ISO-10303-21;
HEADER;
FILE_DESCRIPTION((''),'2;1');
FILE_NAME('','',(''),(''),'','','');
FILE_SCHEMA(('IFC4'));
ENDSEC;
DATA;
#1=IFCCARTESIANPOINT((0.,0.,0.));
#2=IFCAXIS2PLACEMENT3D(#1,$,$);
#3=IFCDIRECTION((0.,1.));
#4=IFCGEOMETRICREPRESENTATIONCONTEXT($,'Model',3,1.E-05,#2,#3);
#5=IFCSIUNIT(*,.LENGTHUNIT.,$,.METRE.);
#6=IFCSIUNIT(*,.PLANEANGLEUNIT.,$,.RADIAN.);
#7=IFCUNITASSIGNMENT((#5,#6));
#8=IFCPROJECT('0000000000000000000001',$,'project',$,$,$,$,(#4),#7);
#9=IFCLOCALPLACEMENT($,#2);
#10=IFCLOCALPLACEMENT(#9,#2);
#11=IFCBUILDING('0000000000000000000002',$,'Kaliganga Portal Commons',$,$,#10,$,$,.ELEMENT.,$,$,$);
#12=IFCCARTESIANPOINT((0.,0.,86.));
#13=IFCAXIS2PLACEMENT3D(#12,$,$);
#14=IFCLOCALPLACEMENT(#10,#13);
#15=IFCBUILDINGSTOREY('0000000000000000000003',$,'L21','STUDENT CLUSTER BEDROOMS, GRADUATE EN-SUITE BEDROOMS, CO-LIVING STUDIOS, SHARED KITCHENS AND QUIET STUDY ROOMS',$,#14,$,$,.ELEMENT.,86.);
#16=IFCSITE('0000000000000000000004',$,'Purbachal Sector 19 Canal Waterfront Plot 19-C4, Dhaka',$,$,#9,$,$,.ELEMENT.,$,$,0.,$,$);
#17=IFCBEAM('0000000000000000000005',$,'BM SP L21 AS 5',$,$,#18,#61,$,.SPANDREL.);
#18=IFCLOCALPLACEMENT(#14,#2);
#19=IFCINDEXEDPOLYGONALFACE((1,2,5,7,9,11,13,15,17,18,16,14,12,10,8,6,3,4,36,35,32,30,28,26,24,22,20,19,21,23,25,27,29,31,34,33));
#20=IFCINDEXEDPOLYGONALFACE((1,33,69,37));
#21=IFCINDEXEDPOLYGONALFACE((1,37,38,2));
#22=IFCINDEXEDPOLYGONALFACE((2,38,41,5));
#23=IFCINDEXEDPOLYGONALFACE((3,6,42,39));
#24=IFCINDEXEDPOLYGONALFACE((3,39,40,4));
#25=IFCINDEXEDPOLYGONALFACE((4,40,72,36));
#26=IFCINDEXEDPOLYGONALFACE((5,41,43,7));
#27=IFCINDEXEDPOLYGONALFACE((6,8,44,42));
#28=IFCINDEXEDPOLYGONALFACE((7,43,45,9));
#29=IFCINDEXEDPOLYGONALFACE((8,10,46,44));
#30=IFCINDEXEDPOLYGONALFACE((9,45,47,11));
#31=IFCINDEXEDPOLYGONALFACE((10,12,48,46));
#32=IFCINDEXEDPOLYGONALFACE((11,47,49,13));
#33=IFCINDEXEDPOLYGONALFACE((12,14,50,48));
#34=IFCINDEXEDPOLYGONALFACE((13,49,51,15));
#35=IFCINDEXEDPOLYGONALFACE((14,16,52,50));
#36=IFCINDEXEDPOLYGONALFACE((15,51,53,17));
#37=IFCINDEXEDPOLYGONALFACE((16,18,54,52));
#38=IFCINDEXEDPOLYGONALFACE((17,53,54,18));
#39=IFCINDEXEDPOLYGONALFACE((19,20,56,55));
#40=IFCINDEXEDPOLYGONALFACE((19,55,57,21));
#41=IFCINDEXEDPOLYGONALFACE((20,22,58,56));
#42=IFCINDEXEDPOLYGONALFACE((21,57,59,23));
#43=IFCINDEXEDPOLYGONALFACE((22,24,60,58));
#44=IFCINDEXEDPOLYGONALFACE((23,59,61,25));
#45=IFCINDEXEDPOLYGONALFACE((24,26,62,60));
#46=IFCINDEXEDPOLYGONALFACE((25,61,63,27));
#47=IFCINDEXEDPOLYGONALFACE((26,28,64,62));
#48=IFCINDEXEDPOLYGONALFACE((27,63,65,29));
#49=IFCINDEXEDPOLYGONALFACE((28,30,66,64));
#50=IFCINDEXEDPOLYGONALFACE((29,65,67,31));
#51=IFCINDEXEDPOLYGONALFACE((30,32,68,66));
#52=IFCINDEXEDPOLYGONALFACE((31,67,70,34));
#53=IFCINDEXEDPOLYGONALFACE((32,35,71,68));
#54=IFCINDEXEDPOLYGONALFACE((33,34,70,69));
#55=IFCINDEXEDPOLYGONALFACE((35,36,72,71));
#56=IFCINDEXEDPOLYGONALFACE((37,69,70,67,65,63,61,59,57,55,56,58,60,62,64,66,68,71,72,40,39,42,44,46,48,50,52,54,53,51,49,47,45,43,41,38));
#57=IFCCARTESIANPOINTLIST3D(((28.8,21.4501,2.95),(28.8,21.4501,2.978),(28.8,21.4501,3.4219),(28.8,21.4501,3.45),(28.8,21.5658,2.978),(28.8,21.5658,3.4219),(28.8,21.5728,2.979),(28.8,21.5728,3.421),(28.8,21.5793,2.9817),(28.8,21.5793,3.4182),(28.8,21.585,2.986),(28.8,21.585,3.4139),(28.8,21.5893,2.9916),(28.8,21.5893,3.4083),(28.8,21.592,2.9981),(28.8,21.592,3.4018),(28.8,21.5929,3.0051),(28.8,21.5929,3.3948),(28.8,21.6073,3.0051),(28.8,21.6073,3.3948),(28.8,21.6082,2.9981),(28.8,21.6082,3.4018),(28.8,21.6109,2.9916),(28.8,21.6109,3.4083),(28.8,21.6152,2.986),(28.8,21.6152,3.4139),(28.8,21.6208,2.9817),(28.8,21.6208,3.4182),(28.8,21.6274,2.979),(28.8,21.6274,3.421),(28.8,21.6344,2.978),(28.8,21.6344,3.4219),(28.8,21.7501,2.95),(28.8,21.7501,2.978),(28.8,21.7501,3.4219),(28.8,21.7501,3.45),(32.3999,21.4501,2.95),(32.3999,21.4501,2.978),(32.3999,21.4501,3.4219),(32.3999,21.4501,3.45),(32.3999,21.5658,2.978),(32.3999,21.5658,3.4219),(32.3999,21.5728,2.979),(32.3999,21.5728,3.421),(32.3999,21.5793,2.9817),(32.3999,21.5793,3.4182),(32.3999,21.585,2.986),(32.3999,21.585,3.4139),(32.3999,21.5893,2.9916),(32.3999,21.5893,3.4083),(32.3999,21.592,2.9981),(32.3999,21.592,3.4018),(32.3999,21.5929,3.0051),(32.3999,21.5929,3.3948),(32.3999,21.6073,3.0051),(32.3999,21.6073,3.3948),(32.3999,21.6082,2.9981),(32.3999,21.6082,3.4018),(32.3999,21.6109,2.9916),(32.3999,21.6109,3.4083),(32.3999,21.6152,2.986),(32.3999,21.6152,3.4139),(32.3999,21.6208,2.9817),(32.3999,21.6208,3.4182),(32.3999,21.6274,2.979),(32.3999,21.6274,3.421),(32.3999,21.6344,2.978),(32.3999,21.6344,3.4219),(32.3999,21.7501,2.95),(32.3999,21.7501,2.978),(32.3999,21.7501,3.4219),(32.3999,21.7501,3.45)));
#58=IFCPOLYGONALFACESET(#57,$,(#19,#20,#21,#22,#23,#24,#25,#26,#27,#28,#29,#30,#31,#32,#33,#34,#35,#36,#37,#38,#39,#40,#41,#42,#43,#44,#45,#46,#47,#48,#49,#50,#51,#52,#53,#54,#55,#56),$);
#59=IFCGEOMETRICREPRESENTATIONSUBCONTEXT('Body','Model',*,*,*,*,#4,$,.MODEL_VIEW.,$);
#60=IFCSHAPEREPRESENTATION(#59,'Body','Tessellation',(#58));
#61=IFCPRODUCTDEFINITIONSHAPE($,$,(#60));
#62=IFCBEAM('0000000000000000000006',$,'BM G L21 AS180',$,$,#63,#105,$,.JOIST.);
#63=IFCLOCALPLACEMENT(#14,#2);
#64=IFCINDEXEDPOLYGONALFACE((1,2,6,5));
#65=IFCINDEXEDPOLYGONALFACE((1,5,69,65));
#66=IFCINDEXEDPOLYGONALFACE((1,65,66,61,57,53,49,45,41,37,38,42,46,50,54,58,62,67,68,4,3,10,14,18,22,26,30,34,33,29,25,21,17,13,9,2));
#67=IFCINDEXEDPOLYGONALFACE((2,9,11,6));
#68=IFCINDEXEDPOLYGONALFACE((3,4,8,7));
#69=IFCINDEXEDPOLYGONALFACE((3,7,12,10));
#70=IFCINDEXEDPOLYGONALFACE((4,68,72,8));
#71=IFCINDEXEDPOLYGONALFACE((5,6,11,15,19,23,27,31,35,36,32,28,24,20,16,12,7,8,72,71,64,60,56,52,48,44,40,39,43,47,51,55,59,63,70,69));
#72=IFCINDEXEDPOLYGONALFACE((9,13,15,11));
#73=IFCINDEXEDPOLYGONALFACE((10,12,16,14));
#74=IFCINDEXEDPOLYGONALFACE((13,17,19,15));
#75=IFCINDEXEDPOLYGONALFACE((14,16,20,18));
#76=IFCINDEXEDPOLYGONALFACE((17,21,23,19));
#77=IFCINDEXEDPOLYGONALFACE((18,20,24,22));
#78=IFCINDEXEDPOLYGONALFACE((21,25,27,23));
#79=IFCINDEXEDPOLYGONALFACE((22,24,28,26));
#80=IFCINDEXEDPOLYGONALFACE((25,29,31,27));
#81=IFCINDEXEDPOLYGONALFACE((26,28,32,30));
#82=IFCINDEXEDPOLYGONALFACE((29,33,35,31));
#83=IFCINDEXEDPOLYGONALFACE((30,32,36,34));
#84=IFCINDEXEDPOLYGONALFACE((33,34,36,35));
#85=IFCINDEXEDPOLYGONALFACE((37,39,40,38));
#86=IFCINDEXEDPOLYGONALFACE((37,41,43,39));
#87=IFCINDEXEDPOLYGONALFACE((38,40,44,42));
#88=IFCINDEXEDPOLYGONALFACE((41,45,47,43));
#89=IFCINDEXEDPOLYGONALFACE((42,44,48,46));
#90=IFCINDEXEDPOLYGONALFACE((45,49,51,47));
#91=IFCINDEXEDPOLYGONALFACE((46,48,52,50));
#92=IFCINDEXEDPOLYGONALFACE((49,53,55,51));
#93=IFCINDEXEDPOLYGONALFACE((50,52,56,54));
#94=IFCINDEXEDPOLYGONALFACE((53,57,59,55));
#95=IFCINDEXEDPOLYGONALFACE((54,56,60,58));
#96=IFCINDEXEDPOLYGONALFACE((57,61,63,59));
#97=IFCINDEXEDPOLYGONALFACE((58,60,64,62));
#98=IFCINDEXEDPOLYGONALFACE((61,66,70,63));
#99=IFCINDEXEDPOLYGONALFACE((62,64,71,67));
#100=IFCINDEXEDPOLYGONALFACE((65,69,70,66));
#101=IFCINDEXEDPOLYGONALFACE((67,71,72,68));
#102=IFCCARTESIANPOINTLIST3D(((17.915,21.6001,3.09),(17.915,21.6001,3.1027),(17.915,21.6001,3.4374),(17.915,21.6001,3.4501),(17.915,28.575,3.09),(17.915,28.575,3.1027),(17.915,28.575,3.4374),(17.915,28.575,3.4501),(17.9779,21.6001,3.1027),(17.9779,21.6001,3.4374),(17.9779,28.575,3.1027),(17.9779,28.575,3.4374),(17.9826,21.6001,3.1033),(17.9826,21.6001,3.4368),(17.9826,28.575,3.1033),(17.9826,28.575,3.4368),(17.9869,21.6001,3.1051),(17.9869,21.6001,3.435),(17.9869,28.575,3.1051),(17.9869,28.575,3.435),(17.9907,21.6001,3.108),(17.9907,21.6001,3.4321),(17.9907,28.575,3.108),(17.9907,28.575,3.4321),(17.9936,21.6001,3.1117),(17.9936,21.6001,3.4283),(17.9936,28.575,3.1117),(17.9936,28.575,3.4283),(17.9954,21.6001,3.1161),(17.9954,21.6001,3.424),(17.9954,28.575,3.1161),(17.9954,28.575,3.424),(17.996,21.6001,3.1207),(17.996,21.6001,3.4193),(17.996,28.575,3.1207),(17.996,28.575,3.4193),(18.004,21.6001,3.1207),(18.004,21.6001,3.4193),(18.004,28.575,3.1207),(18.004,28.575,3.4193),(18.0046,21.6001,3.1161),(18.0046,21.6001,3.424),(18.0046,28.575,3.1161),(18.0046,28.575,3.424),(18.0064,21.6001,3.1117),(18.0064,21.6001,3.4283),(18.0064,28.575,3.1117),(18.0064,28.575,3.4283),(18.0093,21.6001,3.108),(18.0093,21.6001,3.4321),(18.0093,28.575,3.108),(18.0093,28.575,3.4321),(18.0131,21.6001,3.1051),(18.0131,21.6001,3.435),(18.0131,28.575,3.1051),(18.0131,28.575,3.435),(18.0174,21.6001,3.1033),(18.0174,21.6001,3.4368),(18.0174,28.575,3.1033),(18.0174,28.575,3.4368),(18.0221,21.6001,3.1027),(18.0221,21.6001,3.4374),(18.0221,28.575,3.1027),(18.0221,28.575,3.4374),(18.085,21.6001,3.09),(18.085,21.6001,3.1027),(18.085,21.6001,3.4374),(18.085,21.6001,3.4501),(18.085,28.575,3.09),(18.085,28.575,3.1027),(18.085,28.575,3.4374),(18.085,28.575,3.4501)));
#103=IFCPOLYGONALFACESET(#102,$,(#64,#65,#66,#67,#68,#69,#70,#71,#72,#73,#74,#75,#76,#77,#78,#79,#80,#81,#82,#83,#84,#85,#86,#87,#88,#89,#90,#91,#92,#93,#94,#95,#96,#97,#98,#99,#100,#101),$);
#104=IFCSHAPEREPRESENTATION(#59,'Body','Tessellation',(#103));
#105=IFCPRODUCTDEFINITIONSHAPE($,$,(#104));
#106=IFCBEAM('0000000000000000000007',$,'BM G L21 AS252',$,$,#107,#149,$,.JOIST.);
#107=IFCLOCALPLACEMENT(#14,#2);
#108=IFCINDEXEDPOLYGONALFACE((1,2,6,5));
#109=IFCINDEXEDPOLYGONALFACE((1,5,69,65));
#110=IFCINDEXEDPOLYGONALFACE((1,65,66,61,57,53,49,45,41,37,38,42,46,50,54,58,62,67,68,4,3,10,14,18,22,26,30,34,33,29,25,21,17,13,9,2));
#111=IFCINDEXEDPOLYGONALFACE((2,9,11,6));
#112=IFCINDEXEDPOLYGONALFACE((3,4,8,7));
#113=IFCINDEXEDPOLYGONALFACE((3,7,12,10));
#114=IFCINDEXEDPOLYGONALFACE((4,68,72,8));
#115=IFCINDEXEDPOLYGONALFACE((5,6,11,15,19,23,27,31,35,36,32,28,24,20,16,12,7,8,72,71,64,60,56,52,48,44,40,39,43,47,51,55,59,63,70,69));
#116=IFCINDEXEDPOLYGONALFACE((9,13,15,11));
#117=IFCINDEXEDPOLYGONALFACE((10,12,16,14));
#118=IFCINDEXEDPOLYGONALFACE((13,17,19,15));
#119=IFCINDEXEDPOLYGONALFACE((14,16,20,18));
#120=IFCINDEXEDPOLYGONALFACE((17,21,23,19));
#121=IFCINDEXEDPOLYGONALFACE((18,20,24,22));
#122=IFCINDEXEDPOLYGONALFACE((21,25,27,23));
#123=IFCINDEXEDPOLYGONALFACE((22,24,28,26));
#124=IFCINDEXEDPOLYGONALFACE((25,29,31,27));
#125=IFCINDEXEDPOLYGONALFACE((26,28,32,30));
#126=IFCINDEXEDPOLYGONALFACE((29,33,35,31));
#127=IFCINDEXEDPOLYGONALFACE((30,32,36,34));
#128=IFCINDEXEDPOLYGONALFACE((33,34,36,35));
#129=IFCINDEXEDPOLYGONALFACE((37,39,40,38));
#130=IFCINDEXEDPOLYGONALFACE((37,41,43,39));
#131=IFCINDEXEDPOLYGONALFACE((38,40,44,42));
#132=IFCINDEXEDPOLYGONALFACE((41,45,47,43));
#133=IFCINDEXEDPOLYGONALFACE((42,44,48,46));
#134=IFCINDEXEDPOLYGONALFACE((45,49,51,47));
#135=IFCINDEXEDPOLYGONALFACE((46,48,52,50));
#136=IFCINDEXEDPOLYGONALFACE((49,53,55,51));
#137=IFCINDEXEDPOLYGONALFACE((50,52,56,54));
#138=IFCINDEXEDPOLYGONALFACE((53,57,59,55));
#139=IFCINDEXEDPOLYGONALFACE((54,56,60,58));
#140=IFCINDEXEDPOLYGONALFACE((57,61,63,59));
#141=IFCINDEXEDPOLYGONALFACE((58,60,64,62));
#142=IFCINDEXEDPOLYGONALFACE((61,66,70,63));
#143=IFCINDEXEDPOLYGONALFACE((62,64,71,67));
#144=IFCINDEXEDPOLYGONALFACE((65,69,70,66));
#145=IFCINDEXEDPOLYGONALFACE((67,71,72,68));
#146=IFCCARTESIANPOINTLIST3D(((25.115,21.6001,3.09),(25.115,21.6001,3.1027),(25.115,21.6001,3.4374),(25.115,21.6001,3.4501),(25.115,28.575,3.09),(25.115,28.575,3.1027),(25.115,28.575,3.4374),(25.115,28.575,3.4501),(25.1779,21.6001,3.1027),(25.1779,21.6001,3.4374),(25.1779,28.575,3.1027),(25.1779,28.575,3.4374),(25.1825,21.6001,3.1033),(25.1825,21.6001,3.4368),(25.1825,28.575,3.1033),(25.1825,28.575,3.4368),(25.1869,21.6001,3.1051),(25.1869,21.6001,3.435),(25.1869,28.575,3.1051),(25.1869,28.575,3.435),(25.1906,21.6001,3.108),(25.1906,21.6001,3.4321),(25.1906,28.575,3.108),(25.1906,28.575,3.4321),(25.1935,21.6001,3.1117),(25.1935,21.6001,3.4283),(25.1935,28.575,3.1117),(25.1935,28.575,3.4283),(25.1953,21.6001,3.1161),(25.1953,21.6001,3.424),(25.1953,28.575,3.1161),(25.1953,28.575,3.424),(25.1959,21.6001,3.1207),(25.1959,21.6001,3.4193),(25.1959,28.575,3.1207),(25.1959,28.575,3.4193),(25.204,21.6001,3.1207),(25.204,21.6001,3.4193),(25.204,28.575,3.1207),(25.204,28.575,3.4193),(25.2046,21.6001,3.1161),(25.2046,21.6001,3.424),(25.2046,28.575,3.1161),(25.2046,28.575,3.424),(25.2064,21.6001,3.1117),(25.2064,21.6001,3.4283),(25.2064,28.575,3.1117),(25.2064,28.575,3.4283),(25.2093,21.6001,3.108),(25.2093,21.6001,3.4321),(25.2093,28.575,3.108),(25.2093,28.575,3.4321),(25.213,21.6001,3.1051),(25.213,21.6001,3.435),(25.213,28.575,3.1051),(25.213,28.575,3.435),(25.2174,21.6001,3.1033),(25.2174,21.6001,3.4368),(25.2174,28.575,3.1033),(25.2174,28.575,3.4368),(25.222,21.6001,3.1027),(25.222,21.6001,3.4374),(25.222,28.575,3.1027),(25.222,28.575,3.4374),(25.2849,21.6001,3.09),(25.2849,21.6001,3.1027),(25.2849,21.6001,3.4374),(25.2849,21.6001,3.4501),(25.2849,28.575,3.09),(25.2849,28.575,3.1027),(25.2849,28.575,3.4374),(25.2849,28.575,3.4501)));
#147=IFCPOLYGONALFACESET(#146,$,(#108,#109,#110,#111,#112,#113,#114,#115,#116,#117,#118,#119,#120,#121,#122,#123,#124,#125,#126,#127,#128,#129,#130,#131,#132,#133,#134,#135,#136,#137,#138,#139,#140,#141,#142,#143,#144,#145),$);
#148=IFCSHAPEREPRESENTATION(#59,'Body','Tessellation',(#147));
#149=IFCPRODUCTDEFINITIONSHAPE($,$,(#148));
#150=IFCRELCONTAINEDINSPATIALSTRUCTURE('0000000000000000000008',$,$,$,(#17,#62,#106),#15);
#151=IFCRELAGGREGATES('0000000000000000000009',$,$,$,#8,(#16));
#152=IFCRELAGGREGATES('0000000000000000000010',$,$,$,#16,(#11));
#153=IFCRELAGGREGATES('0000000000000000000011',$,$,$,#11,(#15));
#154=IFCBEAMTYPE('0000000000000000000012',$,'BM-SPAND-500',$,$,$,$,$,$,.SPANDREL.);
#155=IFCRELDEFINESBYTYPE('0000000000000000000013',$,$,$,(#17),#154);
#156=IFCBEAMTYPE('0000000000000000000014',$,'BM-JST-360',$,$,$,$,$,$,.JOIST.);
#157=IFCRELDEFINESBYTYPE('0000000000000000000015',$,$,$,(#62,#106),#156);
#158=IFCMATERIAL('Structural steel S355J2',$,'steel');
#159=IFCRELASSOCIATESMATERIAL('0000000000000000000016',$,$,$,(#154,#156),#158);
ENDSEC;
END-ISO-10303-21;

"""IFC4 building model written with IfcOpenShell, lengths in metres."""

from ifc_helpers import new_model, si_unit, direction, frame, origin, origin_2d, place, context, subcontext, project, spatial, i_section, extrude, source, transform, mapped, material, material_profile, profile_set, type_object, element, save


model = new_model("IFC4")

# Units and contexts
model_context = context("Model", 3, precision=1e-05, world=origin(), true_north=direction((0.0, 1.0)))
body_context = subcontext(model_context, "Body", "Model", "MODEL_VIEW")
ifc_project = project(units=[si_unit("LENGTHUNIT", "METRE"), si_unit("PLANEANGLEUNIT", "RADIAN")], contexts=[model_context])

# Site, building, storey
site_placement = place(None, origin())
site = spatial("IfcSite", under=ifc_project, at=site_placement, Name="Purbachal Sector 19 Canal Waterfront Plot 19-C4, Dhaka", CompositionType="ELEMENT", RefElevation=0.0)
building_placement = place(site_placement, origin())
building = spatial("IfcBuilding", under=site, at=building_placement, Name="Kaliganga Portal Commons", CompositionType="ELEMENT")
storey_placement = place(building_placement, frame((0.0, 0.0, 86.0)))
storey = spatial("IfcBuildingStorey", under=building, at=storey_placement, Name="L21", Description="STUDENT CLUSTER BEDROOMS, GRADUATE EN-SUITE BEDROOMS, CO-LIVING STUDIOS, SHARED KITCHENS AND QUIET STUDY ROOMS", CompositionType="ELEMENT", Elevation=86.0)

# Beams
ifc_material_1 = material(Name="Structural steel S355J2", Category="steel")
ifc_material_profile_1 = material_profile(ifc_material_1, i_section(OverallWidth=0.3, OverallDepth=0.5, WebThickness=0.0144, FlangeThickness=0.0281, FilletRadius=0.0271, at=origin_2d()), Name="HE 500 B")
ifc_profile_set_1 = profile_set([ifc_material_profile_1], Name="Structural steel S355J2 wide-flange")
beam_type_1 = type_object("IfcBeamType", Name="BM-SPAND-500", PredefinedType="SPANDREL", material=ifc_profile_set_1)
shared_shape_1 = source(origin(), body_context, "Body", "SweptSolid", [
    extrude(i_section(OverallWidth=0.3, OverallDepth=0.5, WebThickness=0.0144, FlangeThickness=0.0281, FilletRadius=0.0271, at=origin_2d()), origin(), (0.0, 0.0, 1.0), 3.5999),
])
for number, where, z_axis, x_axis, name in (
    (1, (28.8, 21.6001, 3.2), (1.0, 0.0, 0.0), (0.0, 1.0, 0.0), "BM SP L21 AS 5"),
):
    element("IfcBeam", number, at=place(storey_placement, frame(where, z_axis=z_axis, x_axis=x_axis)), inside=storey, type_object=beam_type_1, Name=name, PredefinedType="SPANDREL", context=body_context, shape_type="MappedRepresentation", body=[
        mapped(shared_shape_1, transform((0.0, 0.0, 0.0), x_axis=(1.0, 0.0, 0.0), y_axis=(0.0, 1.0, 0.0), z_axis=(0.0, 0.0, 1.0), scale=1.0)),
    ])
ifc_material_profile_2 = material_profile(ifc_material_1, i_section(OverallWidth=0.1699, OverallDepth=0.3601, WebThickness=0.0081, FlangeThickness=0.0127, FilletRadius=0.0181, at=origin_2d()), Name="IPE 360")
ifc_profile_set_2 = profile_set([ifc_material_profile_2], Name="Structural steel S355J2 wide-flange")
beam_type_2 = type_object("IfcBeamType", Name="BM-JST-360", PredefinedType="JOIST", material=ifc_profile_set_2)
shared_shape_2 = source(origin(), body_context, "Body", "SweptSolid", [
    extrude(i_section(OverallWidth=0.1699, OverallDepth=0.3601, WebThickness=0.0081, FlangeThickness=0.0127, FilletRadius=0.0181, at=origin_2d()), origin(), (0.0, 0.0, 1.0), 6.9749),
])
for number, where, z_axis, x_axis, name in (
    (2, (18.0, 21.6001, 3.27), (0.0, 1.0, 0.0), (-1.0, 0.0, 0.0), "BM G L21 AS180"),
    (3, (25.2, 21.6001, 3.27), (0.0, 1.0, 0.0), (-1.0, 0.0, 0.0), "BM G L21 AS252"),
):
    element("IfcBeam", number, at=place(storey_placement, frame(where, z_axis=z_axis, x_axis=x_axis)), inside=storey, type_object=beam_type_2, Name=name, PredefinedType="JOIST", context=body_context, shape_type="MappedRepresentation", body=[
        mapped(shared_shape_2, transform((0.0, 0.0, 0.0), x_axis=(1.0, 0.0, 0.0), y_axis=(0.0, 1.0, 0.0), z_axis=(0.0, 0.0, 1.0), scale=1.0)),
    ])

save(model, "model.ifc")
